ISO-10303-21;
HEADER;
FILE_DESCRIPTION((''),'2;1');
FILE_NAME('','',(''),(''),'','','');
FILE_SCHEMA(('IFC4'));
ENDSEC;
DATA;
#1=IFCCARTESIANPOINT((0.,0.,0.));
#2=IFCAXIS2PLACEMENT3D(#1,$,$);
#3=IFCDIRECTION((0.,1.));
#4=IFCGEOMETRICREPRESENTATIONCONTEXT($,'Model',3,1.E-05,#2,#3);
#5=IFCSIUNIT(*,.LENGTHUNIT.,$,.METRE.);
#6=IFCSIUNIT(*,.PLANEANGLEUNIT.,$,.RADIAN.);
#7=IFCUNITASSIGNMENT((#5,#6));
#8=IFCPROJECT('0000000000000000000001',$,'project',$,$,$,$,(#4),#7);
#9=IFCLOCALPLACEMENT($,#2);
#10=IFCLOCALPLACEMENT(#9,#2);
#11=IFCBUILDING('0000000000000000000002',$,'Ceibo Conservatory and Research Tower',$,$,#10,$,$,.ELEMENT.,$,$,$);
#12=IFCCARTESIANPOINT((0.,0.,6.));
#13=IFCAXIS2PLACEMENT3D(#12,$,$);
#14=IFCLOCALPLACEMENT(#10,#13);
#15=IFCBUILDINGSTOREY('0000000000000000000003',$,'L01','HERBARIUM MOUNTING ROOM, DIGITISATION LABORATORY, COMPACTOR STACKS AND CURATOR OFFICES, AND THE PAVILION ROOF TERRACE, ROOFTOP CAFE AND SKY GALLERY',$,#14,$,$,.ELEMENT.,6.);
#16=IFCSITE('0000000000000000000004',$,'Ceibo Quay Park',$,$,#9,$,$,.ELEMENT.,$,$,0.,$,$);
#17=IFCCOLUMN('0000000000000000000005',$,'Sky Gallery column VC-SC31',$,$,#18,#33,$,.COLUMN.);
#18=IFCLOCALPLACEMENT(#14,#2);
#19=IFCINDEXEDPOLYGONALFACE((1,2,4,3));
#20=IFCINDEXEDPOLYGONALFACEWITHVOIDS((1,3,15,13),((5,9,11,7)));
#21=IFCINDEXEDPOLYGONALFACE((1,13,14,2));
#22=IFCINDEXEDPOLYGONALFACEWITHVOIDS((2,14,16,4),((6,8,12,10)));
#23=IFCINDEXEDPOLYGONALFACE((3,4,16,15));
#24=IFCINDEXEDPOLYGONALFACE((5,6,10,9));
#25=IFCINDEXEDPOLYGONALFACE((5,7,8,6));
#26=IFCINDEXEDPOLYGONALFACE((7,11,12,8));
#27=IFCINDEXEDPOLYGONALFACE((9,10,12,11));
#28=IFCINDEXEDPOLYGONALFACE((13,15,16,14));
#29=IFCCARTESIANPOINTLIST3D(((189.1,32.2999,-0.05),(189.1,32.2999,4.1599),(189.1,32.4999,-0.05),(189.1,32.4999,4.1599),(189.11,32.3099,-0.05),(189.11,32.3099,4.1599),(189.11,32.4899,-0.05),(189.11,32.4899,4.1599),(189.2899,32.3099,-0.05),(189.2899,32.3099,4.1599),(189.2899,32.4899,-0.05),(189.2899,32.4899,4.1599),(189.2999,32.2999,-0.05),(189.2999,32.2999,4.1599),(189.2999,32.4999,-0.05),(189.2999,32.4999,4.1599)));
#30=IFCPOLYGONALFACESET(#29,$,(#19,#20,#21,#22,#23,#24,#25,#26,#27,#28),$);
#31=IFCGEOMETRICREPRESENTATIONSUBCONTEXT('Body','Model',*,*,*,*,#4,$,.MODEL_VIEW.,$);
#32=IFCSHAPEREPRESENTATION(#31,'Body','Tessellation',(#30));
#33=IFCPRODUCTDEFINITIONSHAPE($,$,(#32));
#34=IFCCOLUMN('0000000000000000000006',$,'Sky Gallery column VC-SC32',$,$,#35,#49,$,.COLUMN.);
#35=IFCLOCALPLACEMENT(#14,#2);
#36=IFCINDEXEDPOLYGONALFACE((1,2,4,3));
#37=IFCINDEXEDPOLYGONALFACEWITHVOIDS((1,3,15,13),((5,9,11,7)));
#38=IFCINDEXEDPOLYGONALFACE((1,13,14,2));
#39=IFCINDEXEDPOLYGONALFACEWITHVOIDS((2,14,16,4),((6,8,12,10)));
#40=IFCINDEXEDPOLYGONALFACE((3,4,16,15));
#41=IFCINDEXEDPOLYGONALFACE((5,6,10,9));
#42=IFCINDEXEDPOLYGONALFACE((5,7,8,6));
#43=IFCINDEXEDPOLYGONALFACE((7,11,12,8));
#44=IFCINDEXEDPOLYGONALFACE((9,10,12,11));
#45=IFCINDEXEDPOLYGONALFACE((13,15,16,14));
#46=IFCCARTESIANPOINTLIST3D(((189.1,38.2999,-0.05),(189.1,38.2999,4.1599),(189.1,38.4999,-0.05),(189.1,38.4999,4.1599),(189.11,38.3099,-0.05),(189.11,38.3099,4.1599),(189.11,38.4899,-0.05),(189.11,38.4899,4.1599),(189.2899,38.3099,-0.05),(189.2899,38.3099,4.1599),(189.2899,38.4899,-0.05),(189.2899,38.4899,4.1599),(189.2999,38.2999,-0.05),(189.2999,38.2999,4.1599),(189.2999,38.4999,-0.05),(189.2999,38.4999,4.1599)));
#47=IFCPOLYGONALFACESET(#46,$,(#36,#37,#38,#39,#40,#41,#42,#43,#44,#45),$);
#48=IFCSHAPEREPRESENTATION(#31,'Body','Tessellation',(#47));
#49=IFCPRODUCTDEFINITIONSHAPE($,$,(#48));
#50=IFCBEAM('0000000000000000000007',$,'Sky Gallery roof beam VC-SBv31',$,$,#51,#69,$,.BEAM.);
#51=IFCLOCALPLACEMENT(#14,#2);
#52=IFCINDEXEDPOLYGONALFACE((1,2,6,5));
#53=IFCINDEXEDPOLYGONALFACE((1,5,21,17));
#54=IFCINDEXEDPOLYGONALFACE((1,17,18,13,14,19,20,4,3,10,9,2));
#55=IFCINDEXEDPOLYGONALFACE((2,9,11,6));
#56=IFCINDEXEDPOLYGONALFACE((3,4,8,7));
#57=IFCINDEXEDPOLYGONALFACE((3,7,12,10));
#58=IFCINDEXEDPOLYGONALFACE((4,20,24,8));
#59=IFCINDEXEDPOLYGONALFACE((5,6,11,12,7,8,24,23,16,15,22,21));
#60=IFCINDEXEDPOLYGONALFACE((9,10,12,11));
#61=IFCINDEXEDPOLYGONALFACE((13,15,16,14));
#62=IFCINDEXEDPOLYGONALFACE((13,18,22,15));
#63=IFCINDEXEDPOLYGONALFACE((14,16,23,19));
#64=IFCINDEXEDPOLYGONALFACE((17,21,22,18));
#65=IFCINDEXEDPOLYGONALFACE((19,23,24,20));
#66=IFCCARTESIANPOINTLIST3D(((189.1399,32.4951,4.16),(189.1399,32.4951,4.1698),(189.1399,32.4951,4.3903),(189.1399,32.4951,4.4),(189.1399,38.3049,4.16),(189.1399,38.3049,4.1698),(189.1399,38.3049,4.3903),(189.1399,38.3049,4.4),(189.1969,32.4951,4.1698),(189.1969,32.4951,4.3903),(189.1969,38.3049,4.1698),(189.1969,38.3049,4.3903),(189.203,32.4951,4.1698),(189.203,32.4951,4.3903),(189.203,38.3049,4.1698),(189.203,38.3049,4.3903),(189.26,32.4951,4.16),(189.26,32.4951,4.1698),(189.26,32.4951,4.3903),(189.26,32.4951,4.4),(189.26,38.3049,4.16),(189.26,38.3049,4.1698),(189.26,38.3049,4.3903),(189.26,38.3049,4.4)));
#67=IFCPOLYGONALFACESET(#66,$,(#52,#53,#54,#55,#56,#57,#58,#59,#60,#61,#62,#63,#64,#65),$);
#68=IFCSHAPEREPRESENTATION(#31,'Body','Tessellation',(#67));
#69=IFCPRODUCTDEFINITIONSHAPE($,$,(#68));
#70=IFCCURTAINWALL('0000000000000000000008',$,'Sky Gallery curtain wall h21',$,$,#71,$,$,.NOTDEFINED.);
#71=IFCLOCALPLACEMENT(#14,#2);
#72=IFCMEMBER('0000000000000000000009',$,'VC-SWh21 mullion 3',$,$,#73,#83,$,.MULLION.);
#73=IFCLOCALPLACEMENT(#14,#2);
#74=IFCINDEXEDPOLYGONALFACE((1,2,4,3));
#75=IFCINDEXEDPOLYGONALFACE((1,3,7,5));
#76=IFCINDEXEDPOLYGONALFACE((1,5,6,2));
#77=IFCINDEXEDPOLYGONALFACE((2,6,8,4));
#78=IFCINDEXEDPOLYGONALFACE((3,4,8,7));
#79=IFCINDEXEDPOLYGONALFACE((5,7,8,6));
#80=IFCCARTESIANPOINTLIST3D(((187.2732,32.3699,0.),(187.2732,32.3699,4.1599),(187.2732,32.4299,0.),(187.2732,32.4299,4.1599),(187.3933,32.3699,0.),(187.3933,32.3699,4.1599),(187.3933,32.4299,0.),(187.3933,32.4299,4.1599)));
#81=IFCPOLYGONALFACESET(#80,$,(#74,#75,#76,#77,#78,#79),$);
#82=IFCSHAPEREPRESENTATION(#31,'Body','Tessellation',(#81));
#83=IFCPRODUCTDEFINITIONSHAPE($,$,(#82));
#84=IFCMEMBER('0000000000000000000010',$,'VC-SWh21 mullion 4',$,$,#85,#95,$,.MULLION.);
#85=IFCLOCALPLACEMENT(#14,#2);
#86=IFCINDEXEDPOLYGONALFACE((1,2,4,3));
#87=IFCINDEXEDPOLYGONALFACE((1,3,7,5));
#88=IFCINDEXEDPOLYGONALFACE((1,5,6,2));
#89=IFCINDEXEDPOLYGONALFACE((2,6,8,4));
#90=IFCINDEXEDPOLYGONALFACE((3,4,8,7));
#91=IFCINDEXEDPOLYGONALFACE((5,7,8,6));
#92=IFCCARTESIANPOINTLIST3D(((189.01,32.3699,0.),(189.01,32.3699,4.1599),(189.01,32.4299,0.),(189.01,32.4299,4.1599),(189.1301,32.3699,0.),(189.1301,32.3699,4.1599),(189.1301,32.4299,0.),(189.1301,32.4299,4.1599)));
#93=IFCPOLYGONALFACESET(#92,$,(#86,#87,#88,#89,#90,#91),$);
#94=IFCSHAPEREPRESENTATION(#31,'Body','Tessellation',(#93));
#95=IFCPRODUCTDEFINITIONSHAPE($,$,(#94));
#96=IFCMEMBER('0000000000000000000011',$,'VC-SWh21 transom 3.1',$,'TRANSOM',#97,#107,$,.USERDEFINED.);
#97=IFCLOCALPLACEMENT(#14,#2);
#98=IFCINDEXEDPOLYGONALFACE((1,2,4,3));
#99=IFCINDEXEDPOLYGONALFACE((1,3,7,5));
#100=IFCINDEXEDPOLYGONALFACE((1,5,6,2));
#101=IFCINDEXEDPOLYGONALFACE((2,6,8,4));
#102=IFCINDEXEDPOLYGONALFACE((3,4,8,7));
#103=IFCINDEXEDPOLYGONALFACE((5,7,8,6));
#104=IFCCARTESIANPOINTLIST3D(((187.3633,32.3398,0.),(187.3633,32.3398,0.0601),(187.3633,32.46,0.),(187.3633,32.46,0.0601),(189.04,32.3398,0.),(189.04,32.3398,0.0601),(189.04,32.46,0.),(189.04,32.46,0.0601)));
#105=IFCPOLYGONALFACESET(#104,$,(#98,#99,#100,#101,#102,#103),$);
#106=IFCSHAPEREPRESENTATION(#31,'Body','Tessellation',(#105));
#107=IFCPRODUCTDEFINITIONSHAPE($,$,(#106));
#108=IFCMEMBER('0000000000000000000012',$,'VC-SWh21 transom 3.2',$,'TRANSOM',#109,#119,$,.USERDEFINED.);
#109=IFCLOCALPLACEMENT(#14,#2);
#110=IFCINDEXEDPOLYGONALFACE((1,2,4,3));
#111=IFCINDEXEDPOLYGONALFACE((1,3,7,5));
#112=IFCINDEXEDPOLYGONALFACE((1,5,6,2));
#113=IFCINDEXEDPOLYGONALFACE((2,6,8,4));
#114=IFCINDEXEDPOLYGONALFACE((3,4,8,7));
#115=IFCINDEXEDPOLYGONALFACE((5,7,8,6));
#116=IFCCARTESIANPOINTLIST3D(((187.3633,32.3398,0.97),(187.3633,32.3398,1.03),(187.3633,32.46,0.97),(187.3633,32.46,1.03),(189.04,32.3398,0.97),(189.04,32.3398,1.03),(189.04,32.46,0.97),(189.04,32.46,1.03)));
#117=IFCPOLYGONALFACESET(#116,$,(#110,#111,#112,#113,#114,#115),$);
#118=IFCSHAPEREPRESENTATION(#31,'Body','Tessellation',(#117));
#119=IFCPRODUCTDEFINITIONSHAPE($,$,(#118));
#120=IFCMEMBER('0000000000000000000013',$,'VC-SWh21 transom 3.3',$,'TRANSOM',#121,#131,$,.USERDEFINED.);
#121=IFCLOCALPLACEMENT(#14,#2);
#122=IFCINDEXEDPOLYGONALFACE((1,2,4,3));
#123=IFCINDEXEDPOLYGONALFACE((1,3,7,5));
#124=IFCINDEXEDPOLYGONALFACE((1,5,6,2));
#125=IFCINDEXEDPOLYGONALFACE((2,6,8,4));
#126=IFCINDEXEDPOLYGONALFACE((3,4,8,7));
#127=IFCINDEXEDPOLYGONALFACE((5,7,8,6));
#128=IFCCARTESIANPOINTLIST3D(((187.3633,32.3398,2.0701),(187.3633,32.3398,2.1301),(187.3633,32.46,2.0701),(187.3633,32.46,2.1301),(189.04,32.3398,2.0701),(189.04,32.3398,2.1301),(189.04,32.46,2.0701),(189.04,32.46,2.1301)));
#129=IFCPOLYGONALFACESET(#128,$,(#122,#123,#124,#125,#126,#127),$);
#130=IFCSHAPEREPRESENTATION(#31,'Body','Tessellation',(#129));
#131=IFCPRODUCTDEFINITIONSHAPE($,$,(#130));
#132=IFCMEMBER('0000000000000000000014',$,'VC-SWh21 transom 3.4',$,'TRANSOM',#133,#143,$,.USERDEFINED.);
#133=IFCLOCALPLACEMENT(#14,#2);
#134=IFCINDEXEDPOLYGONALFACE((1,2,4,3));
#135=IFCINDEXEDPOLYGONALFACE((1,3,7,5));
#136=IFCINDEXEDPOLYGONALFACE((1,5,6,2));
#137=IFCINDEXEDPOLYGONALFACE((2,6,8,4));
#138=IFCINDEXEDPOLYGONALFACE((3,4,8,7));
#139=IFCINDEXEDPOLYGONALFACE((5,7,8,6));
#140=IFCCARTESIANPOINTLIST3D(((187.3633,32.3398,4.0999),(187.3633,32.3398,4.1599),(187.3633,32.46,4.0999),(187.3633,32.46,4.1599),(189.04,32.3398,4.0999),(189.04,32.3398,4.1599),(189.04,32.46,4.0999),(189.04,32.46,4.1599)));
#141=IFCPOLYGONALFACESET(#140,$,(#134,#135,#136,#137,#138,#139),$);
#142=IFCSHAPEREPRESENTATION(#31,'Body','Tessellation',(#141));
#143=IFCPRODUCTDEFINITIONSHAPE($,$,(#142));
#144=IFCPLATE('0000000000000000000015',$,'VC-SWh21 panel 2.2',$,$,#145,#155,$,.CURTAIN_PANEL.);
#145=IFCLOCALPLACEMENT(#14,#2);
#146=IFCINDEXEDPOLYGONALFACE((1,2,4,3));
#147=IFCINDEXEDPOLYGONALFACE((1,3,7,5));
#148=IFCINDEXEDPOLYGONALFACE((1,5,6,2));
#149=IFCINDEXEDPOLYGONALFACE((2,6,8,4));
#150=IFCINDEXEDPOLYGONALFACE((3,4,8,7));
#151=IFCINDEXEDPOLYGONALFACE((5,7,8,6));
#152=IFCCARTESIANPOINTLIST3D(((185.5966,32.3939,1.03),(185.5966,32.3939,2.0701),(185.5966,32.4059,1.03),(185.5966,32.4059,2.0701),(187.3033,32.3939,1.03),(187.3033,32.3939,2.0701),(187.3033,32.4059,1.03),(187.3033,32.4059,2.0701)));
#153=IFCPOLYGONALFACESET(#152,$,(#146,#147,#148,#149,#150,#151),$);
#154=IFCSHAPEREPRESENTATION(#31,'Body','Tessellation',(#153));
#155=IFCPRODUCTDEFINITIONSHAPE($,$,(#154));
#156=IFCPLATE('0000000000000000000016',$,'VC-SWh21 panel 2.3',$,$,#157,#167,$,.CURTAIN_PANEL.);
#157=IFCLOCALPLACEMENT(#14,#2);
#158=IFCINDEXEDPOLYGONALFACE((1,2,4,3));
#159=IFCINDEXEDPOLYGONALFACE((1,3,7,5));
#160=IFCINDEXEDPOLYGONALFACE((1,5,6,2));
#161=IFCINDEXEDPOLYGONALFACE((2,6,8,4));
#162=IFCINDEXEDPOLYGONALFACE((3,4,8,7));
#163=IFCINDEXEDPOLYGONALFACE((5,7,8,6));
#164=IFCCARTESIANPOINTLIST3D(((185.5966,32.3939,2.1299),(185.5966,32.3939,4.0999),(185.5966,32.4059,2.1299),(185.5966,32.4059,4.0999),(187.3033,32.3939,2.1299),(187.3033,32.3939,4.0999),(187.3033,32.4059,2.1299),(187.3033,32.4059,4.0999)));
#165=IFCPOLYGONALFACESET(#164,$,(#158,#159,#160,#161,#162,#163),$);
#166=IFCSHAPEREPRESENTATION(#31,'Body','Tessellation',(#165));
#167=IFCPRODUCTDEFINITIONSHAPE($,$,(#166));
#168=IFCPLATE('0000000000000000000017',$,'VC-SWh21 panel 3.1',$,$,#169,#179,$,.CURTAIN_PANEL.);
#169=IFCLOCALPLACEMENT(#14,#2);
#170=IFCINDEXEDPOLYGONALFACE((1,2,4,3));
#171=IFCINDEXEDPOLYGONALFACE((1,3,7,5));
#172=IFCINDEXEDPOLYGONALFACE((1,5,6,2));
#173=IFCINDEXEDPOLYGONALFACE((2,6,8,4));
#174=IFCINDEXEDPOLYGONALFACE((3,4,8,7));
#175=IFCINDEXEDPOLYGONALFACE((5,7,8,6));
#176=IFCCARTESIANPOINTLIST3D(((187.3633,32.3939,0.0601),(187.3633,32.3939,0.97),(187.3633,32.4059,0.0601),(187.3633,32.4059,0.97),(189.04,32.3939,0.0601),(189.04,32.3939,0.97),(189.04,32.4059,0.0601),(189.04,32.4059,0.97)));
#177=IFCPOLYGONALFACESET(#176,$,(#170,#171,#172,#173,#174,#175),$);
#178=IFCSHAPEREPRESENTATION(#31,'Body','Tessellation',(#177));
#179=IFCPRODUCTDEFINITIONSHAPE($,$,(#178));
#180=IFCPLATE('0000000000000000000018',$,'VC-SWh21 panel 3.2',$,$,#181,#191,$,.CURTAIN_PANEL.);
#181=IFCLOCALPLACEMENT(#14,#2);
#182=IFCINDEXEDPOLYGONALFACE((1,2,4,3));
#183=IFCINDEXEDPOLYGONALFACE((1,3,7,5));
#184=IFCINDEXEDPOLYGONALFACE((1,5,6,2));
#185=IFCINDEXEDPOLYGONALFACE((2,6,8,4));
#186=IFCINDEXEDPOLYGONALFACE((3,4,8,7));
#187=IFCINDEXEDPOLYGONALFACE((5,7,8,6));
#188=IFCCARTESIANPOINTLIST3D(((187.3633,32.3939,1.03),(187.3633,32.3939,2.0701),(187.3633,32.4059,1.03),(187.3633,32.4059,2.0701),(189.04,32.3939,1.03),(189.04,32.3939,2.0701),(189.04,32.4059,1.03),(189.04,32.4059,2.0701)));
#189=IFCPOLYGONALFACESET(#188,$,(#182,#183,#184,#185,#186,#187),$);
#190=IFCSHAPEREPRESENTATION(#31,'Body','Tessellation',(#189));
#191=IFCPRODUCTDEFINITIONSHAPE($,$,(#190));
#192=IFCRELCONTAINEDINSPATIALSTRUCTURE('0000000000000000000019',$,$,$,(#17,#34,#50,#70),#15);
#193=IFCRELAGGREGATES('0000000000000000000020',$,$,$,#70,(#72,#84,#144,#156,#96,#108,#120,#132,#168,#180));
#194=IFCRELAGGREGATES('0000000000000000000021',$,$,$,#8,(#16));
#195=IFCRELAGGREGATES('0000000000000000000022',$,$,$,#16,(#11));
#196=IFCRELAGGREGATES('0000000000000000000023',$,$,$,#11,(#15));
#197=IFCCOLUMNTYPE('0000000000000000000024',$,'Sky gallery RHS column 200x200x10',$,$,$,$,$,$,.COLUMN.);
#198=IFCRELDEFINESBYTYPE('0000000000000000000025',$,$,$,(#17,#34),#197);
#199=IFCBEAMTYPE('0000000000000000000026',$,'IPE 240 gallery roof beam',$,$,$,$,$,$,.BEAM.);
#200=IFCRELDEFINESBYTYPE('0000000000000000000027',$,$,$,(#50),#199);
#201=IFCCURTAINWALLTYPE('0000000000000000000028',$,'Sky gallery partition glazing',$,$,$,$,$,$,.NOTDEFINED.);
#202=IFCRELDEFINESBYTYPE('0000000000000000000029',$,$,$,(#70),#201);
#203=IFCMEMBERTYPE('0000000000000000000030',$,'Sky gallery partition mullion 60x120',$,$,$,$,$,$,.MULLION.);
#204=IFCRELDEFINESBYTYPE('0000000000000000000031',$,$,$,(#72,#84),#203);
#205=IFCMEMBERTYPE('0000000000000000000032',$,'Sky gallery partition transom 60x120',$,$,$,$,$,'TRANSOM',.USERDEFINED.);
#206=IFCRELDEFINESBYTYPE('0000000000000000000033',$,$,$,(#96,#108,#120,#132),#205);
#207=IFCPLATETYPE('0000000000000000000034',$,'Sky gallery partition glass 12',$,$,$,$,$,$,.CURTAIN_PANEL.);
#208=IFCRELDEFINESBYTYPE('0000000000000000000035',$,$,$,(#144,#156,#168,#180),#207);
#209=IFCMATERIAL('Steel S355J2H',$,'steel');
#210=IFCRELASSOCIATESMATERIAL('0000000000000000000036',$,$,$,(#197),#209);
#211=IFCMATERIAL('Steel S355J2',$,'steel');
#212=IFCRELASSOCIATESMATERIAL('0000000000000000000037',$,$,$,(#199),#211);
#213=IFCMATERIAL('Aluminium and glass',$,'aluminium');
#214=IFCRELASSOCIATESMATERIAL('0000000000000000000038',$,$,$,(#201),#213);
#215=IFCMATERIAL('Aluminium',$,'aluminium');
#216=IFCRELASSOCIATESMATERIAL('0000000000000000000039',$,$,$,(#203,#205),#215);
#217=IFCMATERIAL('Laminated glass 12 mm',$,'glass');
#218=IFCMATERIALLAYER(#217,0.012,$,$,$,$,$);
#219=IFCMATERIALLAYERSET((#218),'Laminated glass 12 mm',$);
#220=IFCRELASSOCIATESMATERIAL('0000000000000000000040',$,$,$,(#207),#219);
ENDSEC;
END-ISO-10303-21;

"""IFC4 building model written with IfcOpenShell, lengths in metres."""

from ifc_helpers import new_model, si_unit, direction, frame, origin, origin_2d, place, context, subcontext, project, spatial, rectangle, hollow_rectangle, i_section, extrude, material, layer, layer_set, material_profile, profile_set, type_object, element, aggregate, save


model = new_model("IFC4")

# Units and contexts
model_context = context("Model", 3, precision=1e-05, world=origin(), true_north=direction((0.0, 1.0)))
body_context = subcontext(model_context, "Body", "Model", "MODEL_VIEW")
ifc_project = project(units=[si_unit("LENGTHUNIT", "METRE"), si_unit("PLANEANGLEUNIT", "RADIAN")], contexts=[model_context])

# Site, building, storey
site_placement = place(None, origin())
site = spatial("IfcSite", under=ifc_project, at=site_placement, Name="Ceibo Quay Park", CompositionType="ELEMENT", RefElevation=0.0)
building_placement = place(site_placement, origin())
building = spatial("IfcBuilding", under=site, at=building_placement, Name="Ceibo Conservatory and Research Tower", CompositionType="ELEMENT")
storey_placement = place(building_placement, frame((0.0, 0.0, 6.0)))
storey = spatial("IfcBuildingStorey", under=building, at=storey_placement, Name="L01", Description="HERBARIUM MOUNTING ROOM, DIGITISATION LABORATORY, COMPACTOR STACKS AND CURATOR OFFICES, AND THE PAVILION ROOF TERRACE, ROOFTOP CAFE AND SKY GALLERY", CompositionType="ELEMENT", Elevation=6.0)

# Columns
ifc_material_1 = material(Name="Steel S355J2H", Category="steel")
ifc_material_profile_1 = material_profile(ifc_material_1, hollow_rectangle(XDim=0.2, YDim=0.2, WallThickness=0.01, at=origin_2d()), Name="Sky gallery RHS column 200x200x10")
ifc_profile_set_1 = profile_set([ifc_material_profile_1], Name="Steel S355J2H")
column_type = type_object("IfcColumnType", Name="Sky gallery RHS column 200x200x10", PredefinedType="COLUMN", material=ifc_profile_set_1)
for number, where, z_axis, x_axis, name in (
    (1, (189.2, 32.3999, -0.05), (0.0, 0.0, 1.0), (1.0, 0.0, 0.0), "Sky Gallery column VC-SC31"),
    (2, (189.2, 38.3999, -0.05), (0.0, 0.0, 1.0), (1.0, 0.0, 0.0), "Sky Gallery column VC-SC32"),
):
    element("IfcColumn", number, at=place(storey_placement, frame(where, z_axis=z_axis, x_axis=x_axis)), inside=storey, type_object=column_type, Name=name, PredefinedType="COLUMN", context=body_context, shape_type="SweptSolid", body=[
        extrude(hollow_rectangle(XDim=0.2, YDim=0.2, WallThickness=0.01, at=origin_2d()), origin(), (0.0, 0.0, 1.0), 4.21),
    ])

# Beam
ifc_material_2 = material(Name="Steel S355J2", Category="steel")
ifc_material_profile_2 = material_profile(ifc_material_2, i_section(OverallWidth=0.1201, OverallDepth=0.24, WebThickness=0.0061, FlangeThickness=0.0098, at=origin_2d()), Name="IPE 240")
ifc_profile_set_2 = profile_set([ifc_material_profile_2], Name="Steel S355J2")
beam_type = type_object("IfcBeamType", Name="IPE 240 gallery roof beam", PredefinedType="BEAM", material=ifc_profile_set_2)
beam_placement = place(storey_placement, frame((189.2, 32.4951, 4.28), z_axis=(0.0, 1.0, 0.0), x_axis=(-1.0, 0.0, 0.0)))
element("IfcBeam", 3, at=beam_placement, inside=storey, type_object=beam_type, Name="Sky Gallery roof beam VC-SBv31", PredefinedType="BEAM", context=body_context, shape_type="SweptSolid", body=[
    extrude(i_section(OverallWidth=0.1201, OverallDepth=0.24, WebThickness=0.0061, FlangeThickness=0.0098, at=origin_2d()), origin(), (0.0, 0.0, 1.0), 5.8098),
])

# Curtain wall, members, plates
ifc_material_3 = material(Name="Aluminium and glass", Category="aluminium")
curtain_wall_type = type_object("IfcCurtainWallType", Name="Sky gallery partition glazing", PredefinedType="NOTDEFINED", material=ifc_material_3)
curtain_wall_placement = place(storey_placement, origin())
curtain_wall = element("IfcCurtainWall", 4, at=curtain_wall_placement, inside=storey, type_object=curtain_wall_type, Name="Sky Gallery curtain wall h21", PredefinedType="NOTDEFINED")
ifc_material_4 = material(Name="Aluminium", Category="aluminium")
ifc_material_profile_3 = material_profile(ifc_material_4, rectangle(XDim=0.0601, YDim=0.1201, at=origin_2d()), Name="AL 60x120")
ifc_profile_set_3 = profile_set([ifc_material_profile_3], Name="Aluminium")
member_type_1 = type_object("IfcMemberType", Name="Sky gallery partition mullion 60x120", PredefinedType="MULLION", material=ifc_profile_set_3)
member_1_placement = place(storey_placement, frame((187.3333, 32.3999, 0.0), z_axis=(0.0, 0.0, 1.0), x_axis=(0.0, 1.0, 0.0)))
member_1 = element("IfcMember", 5, at=member_1_placement, type_object=member_type_1, Name="VC-SWh21 mullion 3", PredefinedType="MULLION", context=body_context, shape_type="SweptSolid", body=[
    extrude(rectangle(XDim=0.0601, YDim=0.1201, at=origin_2d()), origin(), (0.0, 0.0, 1.0), 4.1599),
])
member_2_placement = place(storey_placement, frame((189.0701, 32.3999, 0.0), z_axis=(0.0, 0.0, 1.0), x_axis=(0.0, 1.0, 0.0)))
member_2 = element("IfcMember", 6, at=member_2_placement, type_object=member_type_1, Name="VC-SWh21 mullion 4", PredefinedType="MULLION", context=body_context, shape_type="SweptSolid", body=[
    extrude(rectangle(XDim=0.0601, YDim=0.1201, at=origin_2d()), origin(), (0.0, 0.0, 1.0), 4.1599),
])
ifc_material_profile_4 = material_profile(ifc_material_4, rectangle(XDim=0.1201, YDim=0.0601, at=origin_2d()), Name="AL 60x120")
ifc_profile_set_4 = profile_set([ifc_material_profile_4], Name="Aluminium")
member_type_2 = type_object("IfcMemberType", Name="Sky gallery partition transom 60x120", ElementType="TRANSOM", PredefinedType="USERDEFINED", material=ifc_profile_set_4)
member_3_placement = place(storey_placement, frame((187.3633, 32.3999, 0.03), z_axis=(1.0, 0.0, 0.0), x_axis=(0.0, 1.0, 0.0)))
member_3 = element("IfcMember", 7, at=member_3_placement, type_object=member_type_2, Name="VC-SWh21 transom 3.1", ObjectType="TRANSOM", PredefinedType="USERDEFINED", context=body_context, shape_type="SweptSolid", body=[
    extrude(rectangle(XDim=0.1201, YDim=0.0601, at=origin_2d()), origin(), (0.0, 0.0, 1.0), 1.6768),
])
member_4_placement = place(storey_placement, frame((187.3633, 32.3999, 1.0), z_axis=(1.0, 0.0, 0.0), x_axis=(0.0, 1.0, 0.0)))
member_4 = element("IfcMember", 8, at=member_4_placement, type_object=member_type_2, Name="VC-SWh21 transom 3.2", ObjectType="TRANSOM", PredefinedType="USERDEFINED", context=body_context, shape_type="SweptSolid", body=[
    extrude(rectangle(XDim=0.1201, YDim=0.0601, at=origin_2d()), origin(), (0.0, 0.0, 1.0), 1.6768),
])
member_5_placement = place(storey_placement, frame((187.3633, 32.3999, 2.1001), z_axis=(1.0, 0.0, 0.0), x_axis=(0.0, 1.0, 0.0)))
member_5 = element("IfcMember", 9, at=member_5_placement, type_object=member_type_2, Name="VC-SWh21 transom 3.3", ObjectType="TRANSOM", PredefinedType="USERDEFINED", context=body_context, shape_type="SweptSolid", body=[
    extrude(rectangle(XDim=0.1201, YDim=0.0601, at=origin_2d()), origin(), (0.0, 0.0, 1.0), 1.6768),
])
member_6_placement = place(storey_placement, frame((187.3633, 32.3999, 4.1299), z_axis=(1.0, 0.0, 0.0), x_axis=(0.0, 1.0, 0.0)))
member_6 = element("IfcMember", 10, at=member_6_placement, type_object=member_type_2, Name="VC-SWh21 transom 3.4", ObjectType="TRANSOM", PredefinedType="USERDEFINED", context=body_context, shape_type="SweptSolid", body=[
    extrude(rectangle(XDim=0.1201, YDim=0.0601, at=origin_2d()), origin(), (0.0, 0.0, 1.0), 1.6768),
])
ifc_material_5 = material(Name="Laminated glass 12 mm", Category="glass")
ifc_layer_1 = layer(ifc_material_5, 0.012)
ifc_layer_set_1 = layer_set([ifc_layer_1], Name="Laminated glass 12 mm")
plate_type = type_object("IfcPlateType", Name="Sky gallery partition glass 12", PredefinedType="CURTAIN_PANEL", material=ifc_layer_set_1)
plate_1_placement = place(storey_placement, frame((186.45, 32.3999, 1.03), z_axis=(0.0, 0.0, 1.0), x_axis=(1.0, 0.0, 0.0)))
plate_1 = element("IfcPlate", 11, at=plate_1_placement, type_object=plate_type, Name="VC-SWh21 panel 2.2", PredefinedType="CURTAIN_PANEL", context=body_context, shape_type="SweptSolid", body=[
    extrude(rectangle(XDim=1.7068, YDim=0.012, at=origin_2d()), origin(), (0.0, 0.0, 1.0), 1.04),
])
plate_2_placement = place(storey_placement, frame((186.45, 32.3999, 2.1299), z_axis=(0.0, 0.0, 1.0), x_axis=(1.0, 0.0, 0.0)))
plate_2 = element("IfcPlate", 12, at=plate_2_placement, type_object=plate_type, Name="VC-SWh21 panel 2.3", PredefinedType="CURTAIN_PANEL", context=body_context, shape_type="SweptSolid", body=[
    extrude(rectangle(XDim=1.7068, YDim=0.012, at=origin_2d()), origin(), (0.0, 0.0, 1.0), 1.97),
])
plate_3_placement = place(storey_placement, frame((188.2017, 32.3999, 0.0601), z_axis=(0.0, 0.0, 1.0), x_axis=(1.0, 0.0, 0.0)))
plate_3 = element("IfcPlate", 13, at=plate_3_placement, type_object=plate_type, Name="VC-SWh21 panel 3.1", PredefinedType="CURTAIN_PANEL", context=body_context, shape_type="SweptSolid", body=[
    extrude(rectangle(XDim=1.6768, YDim=0.012, at=origin_2d()), origin(), (0.0, 0.0, 1.0), 0.9099),
])
plate_4_placement = place(storey_placement, frame((188.2017, 32.3999, 1.03), z_axis=(0.0, 0.0, 1.0), x_axis=(1.0, 0.0, 0.0)))
plate_4 = element("IfcPlate", 14, at=plate_4_placement, type_object=plate_type, Name="VC-SWh21 panel 3.2", PredefinedType="CURTAIN_PANEL", context=body_context, shape_type="SweptSolid", body=[
    extrude(rectangle(XDim=1.6768, YDim=0.012, at=origin_2d()), origin(), (0.0, 0.0, 1.0), 1.04),
])
aggregate(curtain_wall, [member_1, member_2, plate_1, plate_2, member_3, member_4, member_5, member_6, plate_3, plate_4])

save(model, "model.ifc")
